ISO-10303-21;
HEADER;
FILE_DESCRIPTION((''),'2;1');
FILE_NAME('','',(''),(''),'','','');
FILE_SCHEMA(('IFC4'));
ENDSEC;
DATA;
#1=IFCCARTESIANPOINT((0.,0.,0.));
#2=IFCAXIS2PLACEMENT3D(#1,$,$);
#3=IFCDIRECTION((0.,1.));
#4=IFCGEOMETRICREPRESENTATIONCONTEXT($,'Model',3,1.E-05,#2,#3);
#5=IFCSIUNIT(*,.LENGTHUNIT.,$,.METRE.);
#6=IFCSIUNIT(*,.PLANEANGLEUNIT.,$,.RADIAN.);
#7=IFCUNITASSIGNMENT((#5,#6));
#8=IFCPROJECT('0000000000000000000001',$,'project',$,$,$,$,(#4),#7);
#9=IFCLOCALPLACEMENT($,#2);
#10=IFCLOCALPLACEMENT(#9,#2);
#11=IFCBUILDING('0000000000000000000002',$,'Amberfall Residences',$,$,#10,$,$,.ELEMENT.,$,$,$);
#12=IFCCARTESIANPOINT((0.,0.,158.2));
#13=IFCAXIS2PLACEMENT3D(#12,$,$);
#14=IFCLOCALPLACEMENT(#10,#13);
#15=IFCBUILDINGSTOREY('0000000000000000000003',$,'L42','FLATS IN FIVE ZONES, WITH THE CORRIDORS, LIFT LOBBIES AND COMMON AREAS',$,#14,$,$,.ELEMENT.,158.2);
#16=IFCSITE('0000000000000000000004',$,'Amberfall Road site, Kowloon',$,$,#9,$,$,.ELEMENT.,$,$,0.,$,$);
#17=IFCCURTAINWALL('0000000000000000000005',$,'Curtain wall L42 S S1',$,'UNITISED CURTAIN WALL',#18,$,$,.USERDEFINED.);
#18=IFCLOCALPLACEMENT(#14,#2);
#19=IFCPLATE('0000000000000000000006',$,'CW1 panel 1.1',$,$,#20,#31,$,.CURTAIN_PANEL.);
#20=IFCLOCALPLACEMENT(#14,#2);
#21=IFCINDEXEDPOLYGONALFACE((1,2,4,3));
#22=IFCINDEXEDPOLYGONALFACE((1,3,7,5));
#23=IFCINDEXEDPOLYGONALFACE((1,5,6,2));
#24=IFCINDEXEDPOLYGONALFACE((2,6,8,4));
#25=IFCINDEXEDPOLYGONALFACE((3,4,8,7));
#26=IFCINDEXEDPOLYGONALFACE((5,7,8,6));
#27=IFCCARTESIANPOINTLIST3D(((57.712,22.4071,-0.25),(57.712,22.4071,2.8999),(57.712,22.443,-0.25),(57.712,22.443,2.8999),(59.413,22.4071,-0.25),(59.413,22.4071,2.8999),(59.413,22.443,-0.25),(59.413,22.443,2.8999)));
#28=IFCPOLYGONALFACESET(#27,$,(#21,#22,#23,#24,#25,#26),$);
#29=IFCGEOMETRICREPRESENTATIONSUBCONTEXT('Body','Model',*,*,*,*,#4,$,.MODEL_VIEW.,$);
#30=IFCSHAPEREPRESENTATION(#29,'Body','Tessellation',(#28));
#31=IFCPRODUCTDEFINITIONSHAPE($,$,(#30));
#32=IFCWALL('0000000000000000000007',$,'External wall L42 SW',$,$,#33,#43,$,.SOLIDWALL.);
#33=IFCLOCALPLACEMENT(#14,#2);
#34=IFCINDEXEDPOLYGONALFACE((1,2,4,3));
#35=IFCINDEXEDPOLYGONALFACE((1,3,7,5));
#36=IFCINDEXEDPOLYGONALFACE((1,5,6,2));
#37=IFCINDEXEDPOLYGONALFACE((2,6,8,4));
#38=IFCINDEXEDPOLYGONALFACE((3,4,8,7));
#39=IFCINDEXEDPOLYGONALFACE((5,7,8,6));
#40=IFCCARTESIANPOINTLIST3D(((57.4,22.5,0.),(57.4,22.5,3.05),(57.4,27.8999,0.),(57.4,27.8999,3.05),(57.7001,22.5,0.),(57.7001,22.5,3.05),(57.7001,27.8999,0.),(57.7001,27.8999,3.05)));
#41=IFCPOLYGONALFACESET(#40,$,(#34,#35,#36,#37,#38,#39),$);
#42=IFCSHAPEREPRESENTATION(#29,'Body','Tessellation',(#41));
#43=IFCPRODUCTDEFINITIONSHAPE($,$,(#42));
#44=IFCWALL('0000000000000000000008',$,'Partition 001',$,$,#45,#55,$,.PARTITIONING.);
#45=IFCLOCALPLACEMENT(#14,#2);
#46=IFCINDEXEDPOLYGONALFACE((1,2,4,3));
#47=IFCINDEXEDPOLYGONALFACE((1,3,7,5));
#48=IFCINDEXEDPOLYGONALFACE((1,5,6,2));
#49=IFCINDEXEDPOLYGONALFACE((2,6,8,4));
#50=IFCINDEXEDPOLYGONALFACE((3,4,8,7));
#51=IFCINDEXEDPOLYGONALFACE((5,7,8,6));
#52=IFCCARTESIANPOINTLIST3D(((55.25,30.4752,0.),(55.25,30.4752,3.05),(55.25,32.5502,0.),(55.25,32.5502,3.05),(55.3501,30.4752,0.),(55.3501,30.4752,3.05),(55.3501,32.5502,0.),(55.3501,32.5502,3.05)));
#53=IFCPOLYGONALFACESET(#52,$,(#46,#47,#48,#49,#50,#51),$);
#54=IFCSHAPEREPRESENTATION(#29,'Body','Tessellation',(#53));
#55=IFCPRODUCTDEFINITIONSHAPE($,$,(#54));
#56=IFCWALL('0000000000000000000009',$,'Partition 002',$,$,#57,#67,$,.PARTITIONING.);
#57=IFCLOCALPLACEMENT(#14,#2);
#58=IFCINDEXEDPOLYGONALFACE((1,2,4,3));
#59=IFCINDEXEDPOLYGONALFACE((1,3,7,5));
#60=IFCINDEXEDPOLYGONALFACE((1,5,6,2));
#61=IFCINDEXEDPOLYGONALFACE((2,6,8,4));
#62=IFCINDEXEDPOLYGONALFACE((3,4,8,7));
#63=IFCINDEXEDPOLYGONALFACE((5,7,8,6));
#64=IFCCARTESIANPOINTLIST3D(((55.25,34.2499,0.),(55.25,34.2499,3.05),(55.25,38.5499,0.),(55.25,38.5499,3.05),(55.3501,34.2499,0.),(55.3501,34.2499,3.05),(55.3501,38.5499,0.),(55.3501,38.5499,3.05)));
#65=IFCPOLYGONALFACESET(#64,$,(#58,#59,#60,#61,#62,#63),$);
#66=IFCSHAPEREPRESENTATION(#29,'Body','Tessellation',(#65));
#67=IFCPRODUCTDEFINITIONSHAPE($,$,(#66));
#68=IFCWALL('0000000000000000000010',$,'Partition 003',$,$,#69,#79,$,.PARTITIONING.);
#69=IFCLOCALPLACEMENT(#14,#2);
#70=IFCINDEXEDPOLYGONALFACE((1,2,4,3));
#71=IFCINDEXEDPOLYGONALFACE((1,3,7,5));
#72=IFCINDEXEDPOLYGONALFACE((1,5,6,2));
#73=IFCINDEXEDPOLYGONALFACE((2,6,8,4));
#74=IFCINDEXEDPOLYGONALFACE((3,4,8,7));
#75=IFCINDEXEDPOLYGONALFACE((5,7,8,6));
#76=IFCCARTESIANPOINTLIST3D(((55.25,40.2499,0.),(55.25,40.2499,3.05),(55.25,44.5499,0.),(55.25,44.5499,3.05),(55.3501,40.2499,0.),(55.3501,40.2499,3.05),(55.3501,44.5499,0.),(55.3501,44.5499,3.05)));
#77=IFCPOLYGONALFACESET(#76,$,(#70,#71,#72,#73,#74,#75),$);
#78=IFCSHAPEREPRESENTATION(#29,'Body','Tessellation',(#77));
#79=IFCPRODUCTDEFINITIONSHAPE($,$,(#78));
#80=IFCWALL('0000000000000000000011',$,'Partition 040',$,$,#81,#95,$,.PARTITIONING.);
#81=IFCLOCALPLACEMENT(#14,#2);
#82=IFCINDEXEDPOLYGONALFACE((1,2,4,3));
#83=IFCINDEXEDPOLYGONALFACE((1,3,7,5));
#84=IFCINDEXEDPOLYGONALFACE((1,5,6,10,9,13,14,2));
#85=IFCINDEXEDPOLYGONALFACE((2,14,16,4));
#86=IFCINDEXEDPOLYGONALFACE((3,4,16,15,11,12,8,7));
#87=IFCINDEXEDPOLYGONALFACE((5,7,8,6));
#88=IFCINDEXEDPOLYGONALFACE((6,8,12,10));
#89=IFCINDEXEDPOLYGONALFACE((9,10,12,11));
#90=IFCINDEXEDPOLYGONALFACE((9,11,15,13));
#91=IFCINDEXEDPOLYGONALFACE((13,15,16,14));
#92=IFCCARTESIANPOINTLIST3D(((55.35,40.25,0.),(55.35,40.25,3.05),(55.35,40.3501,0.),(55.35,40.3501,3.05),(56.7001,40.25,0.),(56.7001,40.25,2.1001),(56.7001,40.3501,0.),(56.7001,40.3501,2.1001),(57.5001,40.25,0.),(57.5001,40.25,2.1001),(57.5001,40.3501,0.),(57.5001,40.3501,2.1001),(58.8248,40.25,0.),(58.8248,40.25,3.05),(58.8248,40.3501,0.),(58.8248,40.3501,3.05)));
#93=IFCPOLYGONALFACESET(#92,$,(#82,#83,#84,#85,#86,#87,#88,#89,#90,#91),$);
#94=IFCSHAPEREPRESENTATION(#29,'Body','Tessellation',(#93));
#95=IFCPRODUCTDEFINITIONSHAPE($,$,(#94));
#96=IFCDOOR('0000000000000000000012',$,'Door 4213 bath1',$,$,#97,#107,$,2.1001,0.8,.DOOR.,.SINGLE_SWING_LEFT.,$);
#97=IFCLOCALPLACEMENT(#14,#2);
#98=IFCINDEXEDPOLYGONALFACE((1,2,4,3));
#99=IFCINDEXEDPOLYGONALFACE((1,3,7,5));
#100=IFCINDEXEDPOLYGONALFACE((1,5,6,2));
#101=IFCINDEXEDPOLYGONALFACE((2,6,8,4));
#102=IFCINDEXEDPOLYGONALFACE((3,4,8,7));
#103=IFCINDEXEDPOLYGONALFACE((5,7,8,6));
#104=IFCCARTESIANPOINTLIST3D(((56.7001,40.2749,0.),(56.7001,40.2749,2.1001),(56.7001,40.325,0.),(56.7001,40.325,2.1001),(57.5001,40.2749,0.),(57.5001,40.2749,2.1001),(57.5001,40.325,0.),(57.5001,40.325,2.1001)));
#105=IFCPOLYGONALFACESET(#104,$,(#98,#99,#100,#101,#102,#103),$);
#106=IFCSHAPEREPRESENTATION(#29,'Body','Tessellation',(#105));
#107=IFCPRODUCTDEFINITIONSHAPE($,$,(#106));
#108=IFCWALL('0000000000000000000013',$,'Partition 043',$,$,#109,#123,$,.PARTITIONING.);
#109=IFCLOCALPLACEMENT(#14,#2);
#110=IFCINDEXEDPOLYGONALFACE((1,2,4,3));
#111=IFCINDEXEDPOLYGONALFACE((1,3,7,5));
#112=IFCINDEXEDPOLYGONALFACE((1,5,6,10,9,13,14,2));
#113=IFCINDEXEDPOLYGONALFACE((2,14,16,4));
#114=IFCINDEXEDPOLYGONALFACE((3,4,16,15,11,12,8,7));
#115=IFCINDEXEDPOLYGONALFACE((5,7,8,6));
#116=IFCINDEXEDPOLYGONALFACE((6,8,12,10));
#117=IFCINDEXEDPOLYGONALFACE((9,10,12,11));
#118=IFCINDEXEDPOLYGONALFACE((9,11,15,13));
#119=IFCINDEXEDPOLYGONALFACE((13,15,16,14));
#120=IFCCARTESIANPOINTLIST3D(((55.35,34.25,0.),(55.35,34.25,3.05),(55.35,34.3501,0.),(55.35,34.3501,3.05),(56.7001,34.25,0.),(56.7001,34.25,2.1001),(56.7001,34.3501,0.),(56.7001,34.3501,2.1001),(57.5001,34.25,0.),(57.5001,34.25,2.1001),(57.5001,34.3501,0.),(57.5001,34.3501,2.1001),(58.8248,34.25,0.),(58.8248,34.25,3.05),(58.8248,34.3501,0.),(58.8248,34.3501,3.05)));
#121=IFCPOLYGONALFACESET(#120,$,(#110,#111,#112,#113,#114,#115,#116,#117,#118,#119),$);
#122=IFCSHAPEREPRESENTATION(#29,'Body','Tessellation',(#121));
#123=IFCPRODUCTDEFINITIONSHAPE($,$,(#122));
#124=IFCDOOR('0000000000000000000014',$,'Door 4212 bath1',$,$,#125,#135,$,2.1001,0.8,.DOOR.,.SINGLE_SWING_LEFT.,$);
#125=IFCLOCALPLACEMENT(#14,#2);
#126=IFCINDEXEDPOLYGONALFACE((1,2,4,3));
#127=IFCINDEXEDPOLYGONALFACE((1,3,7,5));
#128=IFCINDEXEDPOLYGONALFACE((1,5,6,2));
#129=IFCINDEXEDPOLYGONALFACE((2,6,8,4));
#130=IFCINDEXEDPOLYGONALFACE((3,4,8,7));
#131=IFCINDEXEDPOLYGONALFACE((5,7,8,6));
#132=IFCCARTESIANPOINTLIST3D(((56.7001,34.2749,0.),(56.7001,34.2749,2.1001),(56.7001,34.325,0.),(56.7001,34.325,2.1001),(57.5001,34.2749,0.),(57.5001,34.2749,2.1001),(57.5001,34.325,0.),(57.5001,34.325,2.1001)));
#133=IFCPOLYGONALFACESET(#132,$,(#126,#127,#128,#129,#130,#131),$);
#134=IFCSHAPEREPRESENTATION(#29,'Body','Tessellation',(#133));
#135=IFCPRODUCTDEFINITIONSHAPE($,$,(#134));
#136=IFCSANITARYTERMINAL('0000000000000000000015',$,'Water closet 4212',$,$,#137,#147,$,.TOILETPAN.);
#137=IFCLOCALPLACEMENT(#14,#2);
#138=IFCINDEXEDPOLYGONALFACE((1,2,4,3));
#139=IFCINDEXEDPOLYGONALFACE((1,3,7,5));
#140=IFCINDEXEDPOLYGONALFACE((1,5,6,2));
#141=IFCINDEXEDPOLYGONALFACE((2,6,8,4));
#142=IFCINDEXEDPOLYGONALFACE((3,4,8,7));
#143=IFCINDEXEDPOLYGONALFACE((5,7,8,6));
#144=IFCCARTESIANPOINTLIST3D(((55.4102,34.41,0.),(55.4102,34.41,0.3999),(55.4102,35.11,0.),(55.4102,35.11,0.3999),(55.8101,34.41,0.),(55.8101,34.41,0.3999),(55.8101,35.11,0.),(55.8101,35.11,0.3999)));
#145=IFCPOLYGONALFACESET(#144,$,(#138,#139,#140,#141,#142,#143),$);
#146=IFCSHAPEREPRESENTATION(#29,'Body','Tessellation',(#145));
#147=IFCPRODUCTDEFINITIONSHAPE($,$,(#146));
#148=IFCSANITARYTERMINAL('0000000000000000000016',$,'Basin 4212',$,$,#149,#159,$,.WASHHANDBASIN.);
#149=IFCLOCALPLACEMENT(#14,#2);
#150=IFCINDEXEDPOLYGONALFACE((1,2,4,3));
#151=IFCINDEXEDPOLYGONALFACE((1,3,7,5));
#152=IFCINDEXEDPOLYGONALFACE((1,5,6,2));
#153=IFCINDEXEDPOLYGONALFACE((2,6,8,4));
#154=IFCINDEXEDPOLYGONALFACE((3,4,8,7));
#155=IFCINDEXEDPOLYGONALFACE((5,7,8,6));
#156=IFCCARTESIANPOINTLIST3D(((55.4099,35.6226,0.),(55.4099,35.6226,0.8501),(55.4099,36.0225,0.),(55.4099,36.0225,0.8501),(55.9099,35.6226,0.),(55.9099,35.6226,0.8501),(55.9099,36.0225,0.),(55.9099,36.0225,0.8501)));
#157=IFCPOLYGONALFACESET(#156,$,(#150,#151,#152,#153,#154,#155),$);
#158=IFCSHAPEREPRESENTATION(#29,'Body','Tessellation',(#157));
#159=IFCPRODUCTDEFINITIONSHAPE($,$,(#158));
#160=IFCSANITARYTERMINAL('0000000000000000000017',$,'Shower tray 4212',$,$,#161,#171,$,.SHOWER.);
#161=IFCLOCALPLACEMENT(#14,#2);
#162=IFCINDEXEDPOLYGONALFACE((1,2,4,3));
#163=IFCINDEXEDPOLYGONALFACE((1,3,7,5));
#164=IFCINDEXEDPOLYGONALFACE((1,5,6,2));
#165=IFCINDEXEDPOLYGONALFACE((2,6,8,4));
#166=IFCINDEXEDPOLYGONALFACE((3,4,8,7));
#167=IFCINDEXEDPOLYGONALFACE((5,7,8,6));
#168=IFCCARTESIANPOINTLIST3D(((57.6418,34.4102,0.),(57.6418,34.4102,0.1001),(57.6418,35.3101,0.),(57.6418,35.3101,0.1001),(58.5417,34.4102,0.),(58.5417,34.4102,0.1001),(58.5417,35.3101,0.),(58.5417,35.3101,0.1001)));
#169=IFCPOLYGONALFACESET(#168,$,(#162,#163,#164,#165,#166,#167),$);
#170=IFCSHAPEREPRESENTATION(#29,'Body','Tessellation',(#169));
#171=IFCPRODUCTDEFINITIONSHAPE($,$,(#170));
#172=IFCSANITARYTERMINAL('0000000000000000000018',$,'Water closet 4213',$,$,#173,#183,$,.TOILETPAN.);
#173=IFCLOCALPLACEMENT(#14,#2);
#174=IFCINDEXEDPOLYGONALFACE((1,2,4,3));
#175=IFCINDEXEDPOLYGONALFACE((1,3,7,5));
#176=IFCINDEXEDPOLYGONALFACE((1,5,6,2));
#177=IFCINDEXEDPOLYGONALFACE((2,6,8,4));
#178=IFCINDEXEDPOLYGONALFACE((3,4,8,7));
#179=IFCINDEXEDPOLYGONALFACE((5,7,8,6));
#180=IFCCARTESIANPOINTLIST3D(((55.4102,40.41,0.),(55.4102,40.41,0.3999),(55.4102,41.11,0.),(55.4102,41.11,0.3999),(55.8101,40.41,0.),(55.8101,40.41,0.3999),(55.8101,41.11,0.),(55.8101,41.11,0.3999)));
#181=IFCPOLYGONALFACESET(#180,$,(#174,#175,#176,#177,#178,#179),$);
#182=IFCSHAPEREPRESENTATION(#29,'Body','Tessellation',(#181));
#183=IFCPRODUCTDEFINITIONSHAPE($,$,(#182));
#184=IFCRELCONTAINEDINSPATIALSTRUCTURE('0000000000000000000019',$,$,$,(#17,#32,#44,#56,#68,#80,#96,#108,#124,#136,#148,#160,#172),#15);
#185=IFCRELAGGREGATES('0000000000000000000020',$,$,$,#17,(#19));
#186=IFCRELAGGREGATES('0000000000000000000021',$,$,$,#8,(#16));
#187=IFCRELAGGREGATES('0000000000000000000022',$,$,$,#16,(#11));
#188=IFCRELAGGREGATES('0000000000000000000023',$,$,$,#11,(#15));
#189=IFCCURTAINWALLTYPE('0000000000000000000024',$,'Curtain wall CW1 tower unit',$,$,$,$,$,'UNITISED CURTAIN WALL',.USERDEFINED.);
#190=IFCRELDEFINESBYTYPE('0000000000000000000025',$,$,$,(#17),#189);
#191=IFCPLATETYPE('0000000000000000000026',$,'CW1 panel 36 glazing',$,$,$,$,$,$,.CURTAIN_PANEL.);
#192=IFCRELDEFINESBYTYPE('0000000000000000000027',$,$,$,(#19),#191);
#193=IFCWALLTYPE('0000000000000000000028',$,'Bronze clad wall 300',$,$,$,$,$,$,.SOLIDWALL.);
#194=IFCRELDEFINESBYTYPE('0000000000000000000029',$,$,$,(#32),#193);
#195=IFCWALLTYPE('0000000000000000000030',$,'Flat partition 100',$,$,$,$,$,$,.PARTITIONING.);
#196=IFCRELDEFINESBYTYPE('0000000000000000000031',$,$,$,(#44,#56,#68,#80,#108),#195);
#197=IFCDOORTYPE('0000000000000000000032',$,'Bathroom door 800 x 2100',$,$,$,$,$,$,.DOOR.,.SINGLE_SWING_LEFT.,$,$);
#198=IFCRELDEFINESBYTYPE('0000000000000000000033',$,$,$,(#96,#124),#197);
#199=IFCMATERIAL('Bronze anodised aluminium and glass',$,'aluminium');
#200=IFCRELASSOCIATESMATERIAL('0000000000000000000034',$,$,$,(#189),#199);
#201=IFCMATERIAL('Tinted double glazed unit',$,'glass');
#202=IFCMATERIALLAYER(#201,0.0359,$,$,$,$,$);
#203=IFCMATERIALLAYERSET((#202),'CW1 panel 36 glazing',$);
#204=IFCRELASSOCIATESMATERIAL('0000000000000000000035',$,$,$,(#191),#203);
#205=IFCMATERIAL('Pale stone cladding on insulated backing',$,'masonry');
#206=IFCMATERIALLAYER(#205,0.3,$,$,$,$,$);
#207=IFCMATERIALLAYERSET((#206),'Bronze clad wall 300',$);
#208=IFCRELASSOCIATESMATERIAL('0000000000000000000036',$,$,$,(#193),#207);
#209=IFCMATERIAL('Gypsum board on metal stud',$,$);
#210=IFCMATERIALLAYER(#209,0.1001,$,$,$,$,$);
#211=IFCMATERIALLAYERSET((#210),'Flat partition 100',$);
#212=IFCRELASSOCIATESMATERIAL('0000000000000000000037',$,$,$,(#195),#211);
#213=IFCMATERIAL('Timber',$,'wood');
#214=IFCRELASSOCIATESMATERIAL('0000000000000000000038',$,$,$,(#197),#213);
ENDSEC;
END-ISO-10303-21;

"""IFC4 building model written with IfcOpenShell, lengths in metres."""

from ifc_helpers import new_model, si_unit, direction, frame, frame_2d, origin, origin_2d, place, context, subcontext, project, spatial, rectangle, extrude, material, layer, layer_set, type_object, element, fill, aggregate, save


model = new_model("IFC4")

# Units and contexts
model_context = context("Model", 3, precision=1e-05, world=origin(), true_north=direction((0.0, 1.0)))
body_context = subcontext(model_context, "Body", "Model", "MODEL_VIEW")
ifc_project = project(units=[si_unit("LENGTHUNIT", "METRE"), si_unit("PLANEANGLEUNIT", "RADIAN")], contexts=[model_context])

# Site, building, storey
site_placement = place(None, origin())
site = spatial("IfcSite", under=ifc_project, at=site_placement, Name="Amberfall Road site, Kowloon", CompositionType="ELEMENT", RefElevation=0.0)
building_placement = place(site_placement, origin())
building = spatial("IfcBuilding", under=site, at=building_placement, Name="Amberfall Residences", CompositionType="ELEMENT")
storey_placement = place(building_placement, frame((0.0, 0.0, 158.2)))
storey = spatial("IfcBuildingStorey", under=building, at=storey_placement, Name="L42", Description="FLATS IN FIVE ZONES, WITH THE CORRIDORS, LIFT LOBBIES AND COMMON AREAS", CompositionType="ELEMENT", Elevation=158.2)

# Curtain wall
ifc_material_1 = material(Name="Bronze anodised aluminium and glass", Category="aluminium")
curtain_wall_type = type_object("IfcCurtainWallType", Name="Curtain wall CW1 tower unit", ElementType="UNITISED CURTAIN WALL", PredefinedType="USERDEFINED", material=ifc_material_1)
curtain_wall_placement = place(storey_placement, origin())
curtain_wall = element("IfcCurtainWall", 1, at=curtain_wall_placement, inside=storey, type_object=curtain_wall_type, Name="Curtain wall L42 S S1", ObjectType="UNITISED CURTAIN WALL", PredefinedType="USERDEFINED")

# Plate
ifc_material_2 = material(Name="Tinted double glazed unit", Category="glass")
ifc_layer_1 = layer(ifc_material_2, 0.0359)
ifc_layer_set_1 = layer_set([ifc_layer_1], Name="CW1 panel 36 glazing")
plate_type = type_object("IfcPlateType", Name="CW1 panel 36 glazing", PredefinedType="CURTAIN_PANEL", material=ifc_layer_set_1)
plate_placement = place(storey_placement, frame((58.5625, 22.425, -0.25), z_axis=(0.0, 0.0, 1.0), x_axis=(1.0, 0.0, 0.0)))
plate = element("IfcPlate", 2, at=plate_placement, type_object=plate_type, Name="CW1 panel 1.1", PredefinedType="CURTAIN_PANEL", context=body_context, shape_type="SweptSolid", body=[
    extrude(rectangle(XDim=1.7009, YDim=0.0359, at=origin_2d()), origin(), (0.0, 0.0, 1.0), 3.1499),
])
aggregate(curtain_wall, [plate])

# Walls
ifc_material_3 = material(Name="Pale stone cladding on insulated backing", Category="masonry")
ifc_layer_2 = layer(ifc_material_3, 0.3)
ifc_layer_set_2 = layer_set([ifc_layer_2], Name="Bronze clad wall 300")
wall_type_1 = type_object("IfcWallType", Name="Bronze clad wall 300", PredefinedType="SOLIDWALL", material=ifc_layer_set_2)
wall_1_placement = place(storey_placement, frame((57.55, 27.8999, 0.0), z_axis=(0.0, 0.0, 1.0), x_axis=(0.0, -1.0, 0.0)))
element("IfcWall", 3, at=wall_1_placement, inside=storey, type_object=wall_type_1, Name="External wall L42 SW", PredefinedType="SOLIDWALL", context=body_context, shape_type="SweptSolid", body=[
    extrude(rectangle(XDim=5.3999, YDim=0.3, at=frame_2d((2.7, 0.0))), origin(), (0.0, 0.0, 1.0), 3.05),
])
ifc_material_4 = material(Name="Gypsum board on metal stud")
ifc_layer_3 = layer(ifc_material_4, 0.1001)
ifc_layer_set_3 = layer_set([ifc_layer_3], Name="Flat partition 100")
wall_type_2 = type_object("IfcWallType", Name="Flat partition 100", PredefinedType="PARTITIONING", material=ifc_layer_set_3)
wall_2_placement = place(storey_placement, frame((55.3, 30.4751, 0.0), z_axis=(0.0, 0.0, 1.0), x_axis=(0.0, 1.0, 0.0)))
element("IfcWall", 4, at=wall_2_placement, inside=storey, type_object=wall_type_2, Name="Partition 001", PredefinedType="PARTITIONING", context=body_context, shape_type="SweptSolid", body=[
    extrude(rectangle(XDim=2.075, YDim=0.1001, at=frame_2d((1.0376, 0.0))), origin(), (0.0, 0.0, 1.0), 3.05),
])
for number, where, z_axis, x_axis, name in (
    (5, (55.3, 34.25, 0.0), (0.0, 0.0, 1.0), (0.0, 1.0, 0.0), "Partition 002"),
    (6, (55.3, 40.25, 0.0), (0.0, 0.0, 1.0), (0.0, 1.0, 0.0), "Partition 003"),
):
    element("IfcWall", number, at=place(storey_placement, frame(where, z_axis=z_axis, x_axis=x_axis)), inside=storey, type_object=wall_type_2, Name=name, PredefinedType="PARTITIONING", context=body_context, shape_type="SweptSolid", body=[
        extrude(rectangle(XDim=4.3, YDim=0.1001, at=frame_2d((2.1499, 0.0))), origin(), (0.0, 0.0, 1.0), 3.05),
    ])

# Walls, openings, doors
wall_3_placement = place(storey_placement, frame((55.3501, 40.3, 0.0), z_axis=(0.0, 0.0, 1.0), x_axis=(1.0, 0.0, 0.0)))
wall_3 = element("IfcWall", 7, at=wall_3_placement, inside=storey, type_object=wall_type_2, Name="Partition 040", PredefinedType="PARTITIONING", context=body_context, shape_type="SweptSolid", body=[
    extrude(rectangle(XDim=3.4749, YDim=0.1001, at=frame_2d((1.7373, 0.0))), origin(), (0.0, 0.0, 1.0), 3.05),
])
opening_1_placement = place(wall_3_placement, frame((1.3501, 0.0, 0.0)))
opening_1 = element("IfcOpeningElement", 8, at=opening_1_placement, cuts=wall_3, PredefinedType="OPENING", context=body_context, shape_type="SweptSolid", body=[
    extrude(rectangle(XDim=0.8, YDim=2.1001, at=frame_2d((0.3999, 1.05))), frame((0.0, 0.0601, 0.0), z_axis=(0.0, -1.0, 0.0), x_axis=(1.0, 0.0, 0.0)), (0.0, 0.0, 1.0), 0.1201),
])
ifc_material_5 = material(Name="Timber", Category="wood")
door_type = type_object("IfcDoorType", Name="Bathroom door 800 x 2100", OperationType="SINGLE_SWING_LEFT", PredefinedType="DOOR", material=ifc_material_5)
door_1_placement = place(opening_1_placement, origin())
door_1 = element("IfcDoor", 9, at=door_1_placement, inside=storey, type_object=door_type, Name="Door 4213 bath1", OperationType="SINGLE_SWING_LEFT", OverallHeight=2.1001, OverallWidth=0.8, PredefinedType="DOOR", context=body_context, shape_type="SweptSolid", body=[
    extrude(rectangle(XDim=0.8, YDim=2.1001, at=frame_2d((0.3999, 1.05))), frame((0.0, 0.0249, 0.0), z_axis=(0.0, -1.0, 0.0), x_axis=(1.0, 0.0, 0.0)), (0.0, 0.0, 1.0), 0.05),
])
fill(opening_1, door_1)
wall_4_placement = place(storey_placement, frame((55.3501, 34.3, 0.0), z_axis=(0.0, 0.0, 1.0), x_axis=(1.0, 0.0, 0.0)))
wall_4 = element("IfcWall", 10, at=wall_4_placement, inside=storey, type_object=wall_type_2, Name="Partition 043", PredefinedType="PARTITIONING", context=body_context, shape_type="SweptSolid", body=[
    extrude(rectangle(XDim=3.4749, YDim=0.1001, at=frame_2d((1.7373, 0.0))), origin(), (0.0, 0.0, 1.0), 3.05),
])
opening_2_placement = place(wall_4_placement, frame((1.3501, 0.0, 0.0)))
opening_2 = element("IfcOpeningElement", 11, at=opening_2_placement, cuts=wall_4, PredefinedType="OPENING", context=body_context, shape_type="SweptSolid", body=[
    extrude(rectangle(XDim=0.8, YDim=2.1001, at=frame_2d((0.3999, 1.05))), frame((0.0, 0.0601, 0.0), z_axis=(0.0, -1.0, 0.0), x_axis=(1.0, 0.0, 0.0)), (0.0, 0.0, 1.0), 0.1201),
])
door_2_placement = place(opening_2_placement, origin())
door_2 = element("IfcDoor", 12, at=door_2_placement, inside=storey, type_object=door_type, Name="Door 4212 bath1", OperationType="SINGLE_SWING_LEFT", OverallHeight=2.1001, OverallWidth=0.8, PredefinedType="DOOR", context=body_context, shape_type="SweptSolid", body=[
    extrude(rectangle(XDim=0.8, YDim=2.1001, at=frame_2d((0.3999, 1.05))), frame((0.0, 0.0249, 0.0), z_axis=(0.0, -1.0, 0.0), x_axis=(1.0, 0.0, 0.0)), (0.0, 0.0, 1.0), 0.05),
])
fill(opening_2, door_2)

# Sanitary terminals
sanitary_terminal_1_placement = place(storey_placement, frame((55.6101, 34.76, 0.0), z_axis=(0.0, 0.0, 1.0), x_axis=(1.0, 0.0, 0.0)))
element("IfcSanitaryTerminal", 13, at=sanitary_terminal_1_placement, inside=storey, Name="Water closet 4212", PredefinedType="TOILETPAN", context=body_context, shape_type="SweptSolid", body=[
    extrude(rectangle(XDim=0.3999, YDim=0.7, at=origin_2d()), origin(), (0.0, 0.0, 1.0), 0.3999),
])
sanitary_terminal_2_placement = place(storey_placement, frame((55.6599, 35.8225, 0.0), z_axis=(0.0, 0.0, 1.0), x_axis=(1.0, 0.0, 0.0)))
element("IfcSanitaryTerminal", 14, at=sanitary_terminal_2_placement, inside=storey, Name="Basin 4212", PredefinedType="WASHHANDBASIN", context=body_context, shape_type="SweptSolid", body=[
    extrude(rectangle(XDim=0.5, YDim=0.3999, at=origin_2d()), origin(), (0.0, 0.0, 1.0), 0.8501),
])
sanitary_terminal_3_placement = place(storey_placement, frame((58.0918, 34.8601, 0.0), z_axis=(0.0, 0.0, 1.0), x_axis=(1.0, 0.0, 0.0)))
element("IfcSanitaryTerminal", 15, at=sanitary_terminal_3_placement, inside=storey, Name="Shower tray 4212", PredefinedType="SHOWER", context=body_context, shape_type="SweptSolid", body=[
    extrude(rectangle(XDim=0.8999, YDim=0.8999, at=origin_2d()), origin(), (0.0, 0.0, 1.0), 0.1001),
])
sanitary_terminal_4_placement = place(storey_placement, frame((55.6101, 40.76, 0.0), z_axis=(0.0, 0.0, 1.0), x_axis=(1.0, 0.0, 0.0)))
element("IfcSanitaryTerminal", 16, at=sanitary_terminal_4_placement, inside=storey, Name="Water closet 4213", PredefinedType="TOILETPAN", context=body_context, shape_type="SweptSolid", body=[
    extrude(rectangle(XDim=0.3999, YDim=0.7, at=origin_2d()), origin(), (0.0, 0.0, 1.0), 0.3999),
])

save(model, "model.ifc")
